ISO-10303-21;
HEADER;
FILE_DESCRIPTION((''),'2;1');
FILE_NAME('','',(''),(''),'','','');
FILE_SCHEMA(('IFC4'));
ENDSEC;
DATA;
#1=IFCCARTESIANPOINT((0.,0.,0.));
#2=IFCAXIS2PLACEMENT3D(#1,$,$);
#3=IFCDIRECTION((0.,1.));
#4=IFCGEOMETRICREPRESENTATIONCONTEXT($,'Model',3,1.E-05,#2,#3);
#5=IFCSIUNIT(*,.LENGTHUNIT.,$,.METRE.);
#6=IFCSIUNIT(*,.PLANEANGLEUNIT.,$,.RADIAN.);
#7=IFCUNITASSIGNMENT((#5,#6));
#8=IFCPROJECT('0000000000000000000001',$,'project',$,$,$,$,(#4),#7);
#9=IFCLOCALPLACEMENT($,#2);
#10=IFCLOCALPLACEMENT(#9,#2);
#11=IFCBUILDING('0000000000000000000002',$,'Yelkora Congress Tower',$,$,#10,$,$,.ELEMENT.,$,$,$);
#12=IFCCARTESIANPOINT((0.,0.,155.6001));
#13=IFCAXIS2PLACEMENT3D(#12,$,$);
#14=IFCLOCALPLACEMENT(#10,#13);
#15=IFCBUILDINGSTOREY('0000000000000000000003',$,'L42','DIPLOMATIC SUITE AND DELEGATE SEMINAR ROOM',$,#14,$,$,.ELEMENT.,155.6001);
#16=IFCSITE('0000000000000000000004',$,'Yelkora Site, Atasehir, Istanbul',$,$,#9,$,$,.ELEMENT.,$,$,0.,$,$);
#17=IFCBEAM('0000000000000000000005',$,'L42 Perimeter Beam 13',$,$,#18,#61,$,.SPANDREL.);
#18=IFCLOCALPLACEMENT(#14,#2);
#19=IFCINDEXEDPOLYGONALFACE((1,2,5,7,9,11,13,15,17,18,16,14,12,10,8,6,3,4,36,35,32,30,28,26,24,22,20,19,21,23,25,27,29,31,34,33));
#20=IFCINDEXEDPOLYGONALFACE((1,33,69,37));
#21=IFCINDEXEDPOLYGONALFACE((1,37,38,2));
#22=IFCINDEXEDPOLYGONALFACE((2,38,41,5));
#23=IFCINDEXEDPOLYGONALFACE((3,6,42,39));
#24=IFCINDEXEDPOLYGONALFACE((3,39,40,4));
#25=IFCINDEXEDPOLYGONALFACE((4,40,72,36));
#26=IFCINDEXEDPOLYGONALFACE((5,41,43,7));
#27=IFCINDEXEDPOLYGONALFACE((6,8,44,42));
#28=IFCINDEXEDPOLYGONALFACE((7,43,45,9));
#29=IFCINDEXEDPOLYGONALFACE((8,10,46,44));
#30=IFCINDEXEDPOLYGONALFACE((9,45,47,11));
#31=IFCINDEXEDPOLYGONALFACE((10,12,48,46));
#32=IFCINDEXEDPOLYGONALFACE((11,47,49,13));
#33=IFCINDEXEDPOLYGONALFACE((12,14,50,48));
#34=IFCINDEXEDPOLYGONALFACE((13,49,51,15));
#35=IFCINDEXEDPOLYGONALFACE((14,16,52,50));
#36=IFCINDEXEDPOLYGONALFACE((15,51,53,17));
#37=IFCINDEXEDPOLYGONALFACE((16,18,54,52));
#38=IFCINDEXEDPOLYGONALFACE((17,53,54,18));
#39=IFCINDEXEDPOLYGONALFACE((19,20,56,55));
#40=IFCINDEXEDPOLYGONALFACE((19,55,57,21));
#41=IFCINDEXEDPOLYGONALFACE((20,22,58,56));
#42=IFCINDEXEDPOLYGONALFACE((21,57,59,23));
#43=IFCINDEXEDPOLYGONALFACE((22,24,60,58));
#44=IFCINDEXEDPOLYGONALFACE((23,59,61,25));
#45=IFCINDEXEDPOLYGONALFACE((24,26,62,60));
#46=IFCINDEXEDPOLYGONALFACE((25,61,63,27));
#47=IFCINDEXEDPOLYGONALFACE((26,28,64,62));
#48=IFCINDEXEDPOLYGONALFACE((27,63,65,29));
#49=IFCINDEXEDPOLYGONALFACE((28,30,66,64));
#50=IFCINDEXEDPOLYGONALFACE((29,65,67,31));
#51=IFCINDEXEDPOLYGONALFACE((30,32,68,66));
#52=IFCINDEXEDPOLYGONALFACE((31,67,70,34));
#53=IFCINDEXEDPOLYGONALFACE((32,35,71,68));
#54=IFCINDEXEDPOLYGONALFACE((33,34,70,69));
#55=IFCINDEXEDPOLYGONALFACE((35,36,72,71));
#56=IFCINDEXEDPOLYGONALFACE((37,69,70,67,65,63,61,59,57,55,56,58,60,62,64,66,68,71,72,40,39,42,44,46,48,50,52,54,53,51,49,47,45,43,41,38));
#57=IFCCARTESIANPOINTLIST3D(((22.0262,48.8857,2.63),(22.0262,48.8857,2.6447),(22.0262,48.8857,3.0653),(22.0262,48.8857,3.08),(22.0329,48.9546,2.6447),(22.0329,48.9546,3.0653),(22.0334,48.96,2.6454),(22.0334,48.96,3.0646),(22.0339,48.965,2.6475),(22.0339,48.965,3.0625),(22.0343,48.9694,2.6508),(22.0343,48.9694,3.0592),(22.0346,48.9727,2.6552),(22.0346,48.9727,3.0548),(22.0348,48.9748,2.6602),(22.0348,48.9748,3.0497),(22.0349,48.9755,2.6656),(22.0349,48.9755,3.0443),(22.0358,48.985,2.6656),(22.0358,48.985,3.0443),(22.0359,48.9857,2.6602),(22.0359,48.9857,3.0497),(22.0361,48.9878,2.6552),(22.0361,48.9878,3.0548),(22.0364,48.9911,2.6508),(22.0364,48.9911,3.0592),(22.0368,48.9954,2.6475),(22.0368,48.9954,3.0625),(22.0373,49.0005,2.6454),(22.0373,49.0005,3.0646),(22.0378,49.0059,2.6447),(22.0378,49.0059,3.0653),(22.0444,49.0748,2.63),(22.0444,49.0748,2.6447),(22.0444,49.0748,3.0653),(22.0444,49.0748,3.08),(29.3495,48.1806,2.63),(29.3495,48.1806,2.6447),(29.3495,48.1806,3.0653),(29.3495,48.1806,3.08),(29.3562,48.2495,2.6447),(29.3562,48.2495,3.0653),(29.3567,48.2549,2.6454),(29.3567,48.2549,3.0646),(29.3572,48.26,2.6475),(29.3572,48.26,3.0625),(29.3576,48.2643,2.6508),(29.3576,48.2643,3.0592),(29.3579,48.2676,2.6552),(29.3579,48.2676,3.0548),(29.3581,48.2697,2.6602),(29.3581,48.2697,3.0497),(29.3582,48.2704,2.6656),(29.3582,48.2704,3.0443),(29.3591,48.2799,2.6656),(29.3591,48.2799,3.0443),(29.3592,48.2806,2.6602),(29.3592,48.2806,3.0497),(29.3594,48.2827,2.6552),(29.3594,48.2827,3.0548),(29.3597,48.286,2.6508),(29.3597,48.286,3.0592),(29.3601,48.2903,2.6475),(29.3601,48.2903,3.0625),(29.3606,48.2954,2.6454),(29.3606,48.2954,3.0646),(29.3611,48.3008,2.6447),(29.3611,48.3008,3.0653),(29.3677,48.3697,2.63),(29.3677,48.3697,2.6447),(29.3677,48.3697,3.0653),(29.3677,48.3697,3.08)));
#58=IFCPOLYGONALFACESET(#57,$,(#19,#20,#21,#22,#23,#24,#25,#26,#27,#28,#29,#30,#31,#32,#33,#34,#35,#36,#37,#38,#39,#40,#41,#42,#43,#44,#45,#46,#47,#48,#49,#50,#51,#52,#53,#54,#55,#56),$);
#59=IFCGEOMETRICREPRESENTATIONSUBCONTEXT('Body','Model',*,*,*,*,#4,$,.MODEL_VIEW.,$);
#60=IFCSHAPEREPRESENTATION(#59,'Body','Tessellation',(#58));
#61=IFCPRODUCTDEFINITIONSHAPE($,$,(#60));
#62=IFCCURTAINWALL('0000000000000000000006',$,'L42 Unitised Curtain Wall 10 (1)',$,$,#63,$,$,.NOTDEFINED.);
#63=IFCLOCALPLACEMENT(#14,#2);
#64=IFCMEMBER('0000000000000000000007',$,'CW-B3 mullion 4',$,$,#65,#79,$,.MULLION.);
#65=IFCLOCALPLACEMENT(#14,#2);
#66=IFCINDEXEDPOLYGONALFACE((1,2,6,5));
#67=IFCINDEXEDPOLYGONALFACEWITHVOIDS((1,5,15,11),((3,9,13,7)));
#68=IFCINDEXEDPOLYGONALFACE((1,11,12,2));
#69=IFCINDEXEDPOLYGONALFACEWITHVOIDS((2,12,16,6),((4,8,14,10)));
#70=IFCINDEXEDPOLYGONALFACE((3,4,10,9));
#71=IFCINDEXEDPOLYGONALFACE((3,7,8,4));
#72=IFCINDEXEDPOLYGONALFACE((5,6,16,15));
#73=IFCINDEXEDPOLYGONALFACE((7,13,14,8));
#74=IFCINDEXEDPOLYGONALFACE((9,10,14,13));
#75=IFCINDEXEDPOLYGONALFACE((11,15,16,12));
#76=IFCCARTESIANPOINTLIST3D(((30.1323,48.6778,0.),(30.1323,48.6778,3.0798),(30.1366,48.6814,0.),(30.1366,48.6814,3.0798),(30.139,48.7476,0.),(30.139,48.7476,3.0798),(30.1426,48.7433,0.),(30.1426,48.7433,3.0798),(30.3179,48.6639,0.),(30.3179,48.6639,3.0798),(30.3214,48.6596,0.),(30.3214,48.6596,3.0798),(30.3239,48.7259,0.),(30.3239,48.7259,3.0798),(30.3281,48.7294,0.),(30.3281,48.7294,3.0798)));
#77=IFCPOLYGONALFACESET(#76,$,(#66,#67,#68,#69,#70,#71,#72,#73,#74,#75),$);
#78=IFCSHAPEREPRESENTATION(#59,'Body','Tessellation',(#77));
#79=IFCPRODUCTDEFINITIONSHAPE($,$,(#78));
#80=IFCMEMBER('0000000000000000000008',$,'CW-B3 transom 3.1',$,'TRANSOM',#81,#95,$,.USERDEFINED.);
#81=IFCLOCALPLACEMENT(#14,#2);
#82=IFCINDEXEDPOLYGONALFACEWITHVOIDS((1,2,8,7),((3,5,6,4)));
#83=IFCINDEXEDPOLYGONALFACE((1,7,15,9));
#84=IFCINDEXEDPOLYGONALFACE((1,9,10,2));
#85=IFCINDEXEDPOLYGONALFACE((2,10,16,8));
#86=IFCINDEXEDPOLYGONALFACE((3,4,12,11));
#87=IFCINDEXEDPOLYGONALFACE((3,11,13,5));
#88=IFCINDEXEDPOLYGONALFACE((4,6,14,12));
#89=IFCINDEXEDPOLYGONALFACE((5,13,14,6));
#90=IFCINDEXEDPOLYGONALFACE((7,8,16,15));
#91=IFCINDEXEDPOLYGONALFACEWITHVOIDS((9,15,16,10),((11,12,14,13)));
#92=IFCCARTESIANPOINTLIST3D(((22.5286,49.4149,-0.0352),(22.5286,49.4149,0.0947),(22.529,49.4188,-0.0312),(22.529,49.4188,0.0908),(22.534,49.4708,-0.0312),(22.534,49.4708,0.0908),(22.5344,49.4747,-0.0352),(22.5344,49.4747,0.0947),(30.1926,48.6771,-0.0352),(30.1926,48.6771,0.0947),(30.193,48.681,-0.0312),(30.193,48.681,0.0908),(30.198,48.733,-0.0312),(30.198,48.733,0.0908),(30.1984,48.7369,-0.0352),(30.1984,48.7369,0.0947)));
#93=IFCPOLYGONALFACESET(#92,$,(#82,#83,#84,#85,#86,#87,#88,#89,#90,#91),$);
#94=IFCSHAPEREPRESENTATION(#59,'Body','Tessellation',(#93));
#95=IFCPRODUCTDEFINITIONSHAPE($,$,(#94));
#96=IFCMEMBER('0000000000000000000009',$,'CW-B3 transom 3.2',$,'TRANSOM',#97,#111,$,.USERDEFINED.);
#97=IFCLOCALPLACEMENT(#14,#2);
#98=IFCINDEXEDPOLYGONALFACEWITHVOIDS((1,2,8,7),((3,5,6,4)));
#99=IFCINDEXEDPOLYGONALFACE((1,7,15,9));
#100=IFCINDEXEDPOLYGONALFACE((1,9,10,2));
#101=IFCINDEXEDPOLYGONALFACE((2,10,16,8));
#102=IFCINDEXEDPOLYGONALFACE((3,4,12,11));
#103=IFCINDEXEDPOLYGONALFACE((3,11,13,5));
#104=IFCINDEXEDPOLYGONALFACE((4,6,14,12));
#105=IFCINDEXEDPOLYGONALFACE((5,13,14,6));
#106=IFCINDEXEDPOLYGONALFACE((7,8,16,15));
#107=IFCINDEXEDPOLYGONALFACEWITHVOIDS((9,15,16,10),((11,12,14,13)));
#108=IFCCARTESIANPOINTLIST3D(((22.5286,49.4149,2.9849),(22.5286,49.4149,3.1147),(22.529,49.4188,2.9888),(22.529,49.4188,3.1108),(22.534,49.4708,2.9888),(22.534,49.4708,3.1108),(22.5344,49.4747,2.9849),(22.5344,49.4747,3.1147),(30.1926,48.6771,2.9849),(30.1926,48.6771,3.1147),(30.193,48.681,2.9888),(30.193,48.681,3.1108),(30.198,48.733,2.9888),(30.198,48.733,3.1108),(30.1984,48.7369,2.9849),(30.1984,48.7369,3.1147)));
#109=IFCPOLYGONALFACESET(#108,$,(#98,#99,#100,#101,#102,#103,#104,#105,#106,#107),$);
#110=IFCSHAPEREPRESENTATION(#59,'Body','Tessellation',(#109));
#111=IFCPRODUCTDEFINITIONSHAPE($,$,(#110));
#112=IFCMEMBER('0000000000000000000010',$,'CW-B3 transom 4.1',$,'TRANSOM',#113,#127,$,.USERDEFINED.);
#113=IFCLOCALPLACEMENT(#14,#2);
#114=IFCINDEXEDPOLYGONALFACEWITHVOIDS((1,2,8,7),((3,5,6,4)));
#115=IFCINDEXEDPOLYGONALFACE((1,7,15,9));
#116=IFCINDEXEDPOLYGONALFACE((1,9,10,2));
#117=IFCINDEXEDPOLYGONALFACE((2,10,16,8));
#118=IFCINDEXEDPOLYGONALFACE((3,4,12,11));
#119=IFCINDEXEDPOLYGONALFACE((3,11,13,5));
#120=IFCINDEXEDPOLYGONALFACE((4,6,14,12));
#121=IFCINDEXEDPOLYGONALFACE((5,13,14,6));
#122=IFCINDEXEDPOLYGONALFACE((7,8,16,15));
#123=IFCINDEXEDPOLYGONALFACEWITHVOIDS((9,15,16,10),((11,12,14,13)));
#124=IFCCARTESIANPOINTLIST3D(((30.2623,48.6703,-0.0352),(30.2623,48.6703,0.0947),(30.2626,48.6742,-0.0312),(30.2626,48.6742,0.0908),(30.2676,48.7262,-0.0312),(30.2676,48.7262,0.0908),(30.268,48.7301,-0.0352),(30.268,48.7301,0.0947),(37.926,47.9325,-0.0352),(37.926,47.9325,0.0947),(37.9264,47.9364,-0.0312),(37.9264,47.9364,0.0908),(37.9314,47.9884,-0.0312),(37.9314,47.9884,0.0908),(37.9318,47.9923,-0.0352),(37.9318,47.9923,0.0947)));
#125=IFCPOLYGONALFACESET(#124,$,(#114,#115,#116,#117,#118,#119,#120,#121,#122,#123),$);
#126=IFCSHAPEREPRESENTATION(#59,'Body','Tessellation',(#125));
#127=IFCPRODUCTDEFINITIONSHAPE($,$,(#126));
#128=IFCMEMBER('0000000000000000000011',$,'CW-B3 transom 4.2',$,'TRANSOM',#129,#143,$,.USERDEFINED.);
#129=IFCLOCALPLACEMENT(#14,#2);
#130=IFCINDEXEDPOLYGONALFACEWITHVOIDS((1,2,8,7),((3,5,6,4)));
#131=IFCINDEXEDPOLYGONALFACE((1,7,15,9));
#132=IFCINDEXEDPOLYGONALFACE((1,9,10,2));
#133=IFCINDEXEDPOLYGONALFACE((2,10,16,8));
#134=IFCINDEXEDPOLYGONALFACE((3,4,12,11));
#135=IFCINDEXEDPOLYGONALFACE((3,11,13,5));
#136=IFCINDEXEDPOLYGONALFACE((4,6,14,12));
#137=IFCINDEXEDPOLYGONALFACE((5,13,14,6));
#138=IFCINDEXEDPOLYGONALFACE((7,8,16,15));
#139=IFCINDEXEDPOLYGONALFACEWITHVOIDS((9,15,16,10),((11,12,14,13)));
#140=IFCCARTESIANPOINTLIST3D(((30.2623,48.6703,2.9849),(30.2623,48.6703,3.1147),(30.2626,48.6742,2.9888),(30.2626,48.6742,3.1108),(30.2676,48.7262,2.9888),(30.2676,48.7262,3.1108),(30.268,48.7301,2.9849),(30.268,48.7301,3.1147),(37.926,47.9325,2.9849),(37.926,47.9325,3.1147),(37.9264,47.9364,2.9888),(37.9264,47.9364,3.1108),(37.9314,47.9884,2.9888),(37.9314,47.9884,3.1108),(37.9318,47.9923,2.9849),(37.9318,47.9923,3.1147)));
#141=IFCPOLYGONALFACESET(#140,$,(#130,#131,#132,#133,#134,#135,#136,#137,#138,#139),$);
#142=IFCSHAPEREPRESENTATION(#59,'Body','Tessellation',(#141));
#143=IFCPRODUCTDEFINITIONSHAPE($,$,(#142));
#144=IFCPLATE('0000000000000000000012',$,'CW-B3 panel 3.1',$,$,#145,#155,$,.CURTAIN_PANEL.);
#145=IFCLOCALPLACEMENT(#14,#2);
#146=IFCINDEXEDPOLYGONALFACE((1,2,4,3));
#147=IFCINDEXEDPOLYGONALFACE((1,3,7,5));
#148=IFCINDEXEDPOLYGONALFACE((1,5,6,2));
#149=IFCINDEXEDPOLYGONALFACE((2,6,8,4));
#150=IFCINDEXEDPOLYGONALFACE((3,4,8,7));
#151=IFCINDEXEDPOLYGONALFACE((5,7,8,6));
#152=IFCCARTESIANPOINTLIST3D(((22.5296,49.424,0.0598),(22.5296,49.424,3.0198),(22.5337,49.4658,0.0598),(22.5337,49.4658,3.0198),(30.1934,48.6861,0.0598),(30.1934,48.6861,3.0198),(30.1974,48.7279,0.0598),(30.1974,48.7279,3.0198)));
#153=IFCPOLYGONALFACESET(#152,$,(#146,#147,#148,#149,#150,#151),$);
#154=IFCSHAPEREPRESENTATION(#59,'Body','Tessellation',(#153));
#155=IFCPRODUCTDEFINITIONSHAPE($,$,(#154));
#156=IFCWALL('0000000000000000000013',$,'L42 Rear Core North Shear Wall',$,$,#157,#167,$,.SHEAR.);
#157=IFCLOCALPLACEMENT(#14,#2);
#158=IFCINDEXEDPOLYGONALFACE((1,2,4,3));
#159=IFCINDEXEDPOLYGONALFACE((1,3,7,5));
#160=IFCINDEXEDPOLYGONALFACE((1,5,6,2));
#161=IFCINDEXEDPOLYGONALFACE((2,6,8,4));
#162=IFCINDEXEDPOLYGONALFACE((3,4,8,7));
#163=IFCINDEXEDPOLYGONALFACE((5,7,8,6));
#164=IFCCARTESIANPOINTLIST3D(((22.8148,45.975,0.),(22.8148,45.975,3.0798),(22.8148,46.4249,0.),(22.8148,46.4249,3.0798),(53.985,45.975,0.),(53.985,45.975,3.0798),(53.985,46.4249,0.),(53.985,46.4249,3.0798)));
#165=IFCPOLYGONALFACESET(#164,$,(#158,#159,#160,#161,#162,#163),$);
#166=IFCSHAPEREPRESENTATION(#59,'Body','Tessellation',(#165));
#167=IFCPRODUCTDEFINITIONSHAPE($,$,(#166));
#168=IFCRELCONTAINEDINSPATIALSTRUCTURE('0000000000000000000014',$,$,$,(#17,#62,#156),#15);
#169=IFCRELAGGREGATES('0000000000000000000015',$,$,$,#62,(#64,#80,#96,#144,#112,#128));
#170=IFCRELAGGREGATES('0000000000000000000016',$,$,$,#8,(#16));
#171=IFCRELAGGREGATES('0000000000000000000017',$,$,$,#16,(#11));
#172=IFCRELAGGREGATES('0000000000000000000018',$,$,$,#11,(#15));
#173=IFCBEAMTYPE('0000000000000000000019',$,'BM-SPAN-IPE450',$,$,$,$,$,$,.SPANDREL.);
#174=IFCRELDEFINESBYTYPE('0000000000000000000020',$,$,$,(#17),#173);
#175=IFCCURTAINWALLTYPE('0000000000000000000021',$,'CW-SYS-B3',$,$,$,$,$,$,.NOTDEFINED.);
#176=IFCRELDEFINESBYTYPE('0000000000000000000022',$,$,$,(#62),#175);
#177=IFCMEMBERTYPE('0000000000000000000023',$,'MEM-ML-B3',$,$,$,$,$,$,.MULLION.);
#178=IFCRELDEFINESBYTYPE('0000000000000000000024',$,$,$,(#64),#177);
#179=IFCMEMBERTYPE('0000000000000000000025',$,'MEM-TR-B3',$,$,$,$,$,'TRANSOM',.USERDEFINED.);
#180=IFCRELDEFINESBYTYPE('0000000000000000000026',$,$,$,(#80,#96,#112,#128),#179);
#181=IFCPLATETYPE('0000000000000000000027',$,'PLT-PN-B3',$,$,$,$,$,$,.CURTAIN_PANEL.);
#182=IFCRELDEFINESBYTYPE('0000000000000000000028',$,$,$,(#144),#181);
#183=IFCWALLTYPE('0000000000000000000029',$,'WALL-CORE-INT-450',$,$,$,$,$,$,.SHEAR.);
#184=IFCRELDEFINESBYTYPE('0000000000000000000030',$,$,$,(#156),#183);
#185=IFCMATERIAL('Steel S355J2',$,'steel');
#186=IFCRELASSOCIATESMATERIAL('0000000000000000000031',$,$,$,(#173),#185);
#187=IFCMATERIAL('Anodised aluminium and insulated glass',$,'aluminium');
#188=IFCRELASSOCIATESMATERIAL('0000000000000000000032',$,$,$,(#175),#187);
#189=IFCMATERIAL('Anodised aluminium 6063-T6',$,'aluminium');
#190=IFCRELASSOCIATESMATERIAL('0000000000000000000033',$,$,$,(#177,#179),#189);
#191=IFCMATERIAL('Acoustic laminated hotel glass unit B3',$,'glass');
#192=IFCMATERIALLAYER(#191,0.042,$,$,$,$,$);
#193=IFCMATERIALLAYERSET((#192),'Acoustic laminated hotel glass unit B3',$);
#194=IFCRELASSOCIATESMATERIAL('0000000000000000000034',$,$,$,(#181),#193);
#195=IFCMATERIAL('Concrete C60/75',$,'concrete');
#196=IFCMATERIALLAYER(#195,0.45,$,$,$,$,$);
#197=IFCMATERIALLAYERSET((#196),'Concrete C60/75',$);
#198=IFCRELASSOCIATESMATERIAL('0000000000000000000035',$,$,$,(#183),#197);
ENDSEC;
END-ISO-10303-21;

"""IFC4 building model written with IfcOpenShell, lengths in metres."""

from ifc_helpers import new_model, si_unit, direction, frame, frame_2d, origin, origin_2d, place, context, subcontext, project, spatial, rectangle, hollow_rectangle, i_section, extrude, material, layer, layer_set, material_profile, profile_set, type_object, element, aggregate, save


model = new_model("IFC4")

# Units and contexts
model_context = context("Model", 3, precision=1e-05, world=origin(), true_north=direction((0.0, 1.0)))
body_context = subcontext(model_context, "Body", "Model", "MODEL_VIEW")
ifc_project = project(units=[si_unit("LENGTHUNIT", "METRE"), si_unit("PLANEANGLEUNIT", "RADIAN")], contexts=[model_context])

# Site, building, storey
site_placement = place(None, origin())
site = spatial("IfcSite", under=ifc_project, at=site_placement, Name="Yelkora Site, Atasehir, Istanbul", CompositionType="ELEMENT", RefElevation=0.0)
building_placement = place(site_placement, origin())
building = spatial("IfcBuilding", under=site, at=building_placement, Name="Yelkora Congress Tower", CompositionType="ELEMENT")
storey_placement = place(building_placement, frame((0.0, 0.0, 155.6001)))
storey = spatial("IfcBuildingStorey", under=building, at=storey_placement, Name="L42", Description="DIPLOMATIC SUITE AND DELEGATE SEMINAR ROOM", CompositionType="ELEMENT", Elevation=155.6001)

# Beam
ifc_material_1 = material(Name="Steel S355J2", Category="steel")
ifc_material_profile_1 = material_profile(ifc_material_1, i_section(OverallWidth=0.1899, OverallDepth=0.45, WebThickness=0.0095, FlangeThickness=0.0146, FilletRadius=0.021, at=origin_2d()), Name="IPE 450")
ifc_profile_set_1 = profile_set([ifc_material_profile_1], Name="Steel S355J2")
beam_type_1 = type_object("IfcBeamType", Name="BM-SPAN-IPE450", PredefinedType="SPANDREL", material=ifc_profile_set_1)
beam_1_placement = place(storey_placement, frame((29.3586, 48.2751, 2.855), z_axis=(-0.995397, 0.095836, 0.0), x_axis=(-0.095836, -0.995397, 0.0)))
element("IfcBeam", 1, at=beam_1_placement, inside=storey, type_object=beam_type_1, Name="L42 Perimeter Beam 13", PredefinedType="SPANDREL", context=body_context, shape_type="SweptSolid", body=[
    extrude(i_section(OverallWidth=0.1899, OverallDepth=0.45, WebThickness=0.0095, FlangeThickness=0.0146, FilletRadius=0.021, at=origin_2d()), origin(), (0.0, 0.0, 1.0), 7.3572),
])

# Curtain wall, members, plate
ifc_material_2 = material(Name="Anodised aluminium and insulated glass", Category="aluminium")
curtain_wall_type = type_object("IfcCurtainWallType", Name="CW-SYS-B3", PredefinedType="NOTDEFINED", material=ifc_material_2)
curtain_wall_placement = place(storey_placement, origin())
curtain_wall = element("IfcCurtainWall", 2, at=curtain_wall_placement, inside=storey, type_object=curtain_wall_type, Name="L42 Unitised Curtain Wall 10 (1)", PredefinedType="NOTDEFINED")
ifc_material_3 = material(Name="Anodised aluminium 6063-T6", Category="aluminium")
ifc_material_profile_2 = material_profile(ifc_material_3, hollow_rectangle(XDim=0.0701, YDim=0.1899, WallThickness=0.0039, at=origin_2d()), Name="ALU 70x190x4")
ifc_profile_set_2 = profile_set([ifc_material_profile_2], Name="Anodised aluminium 6063-T6")
member_type_1 = type_object("IfcMemberType", Name="MEM-ML-B3", PredefinedType="MULLION", material=ifc_profile_set_2)
member_1_placement = place(storey_placement, frame((30.2302, 48.7036, 0.0), z_axis=(0.0, 0.0, 1.0), x_axis=(0.095845, 0.995396, 0.0)))
member_1 = element("IfcMember", 3, at=member_1_placement, type_object=member_type_1, Name="CW-B3 mullion 4", PredefinedType="MULLION", context=body_context, shape_type="SweptSolid", body=[
    extrude(hollow_rectangle(XDim=0.0701, YDim=0.1899, WallThickness=0.0039, at=origin_2d()), origin(), (0.0, 0.0, 1.0), 3.0798),
])
ifc_material_profile_3 = material_profile(ifc_material_3, hollow_rectangle(XDim=0.0601, YDim=0.1299, WallThickness=0.0039, at=origin_2d()), Name="ALU 60x130x4")
ifc_profile_set_3 = profile_set([ifc_material_profile_3], Name="Anodised aluminium 6063-T6")
member_type_2 = type_object("IfcMemberType", Name="MEM-TR-B3", ElementType="TRANSOM", PredefinedType="USERDEFINED", material=ifc_profile_set_3)
member_2_placement = place(storey_placement, frame((22.5315, 49.4448, 0.0298), z_axis=(0.995398, -0.095824, 0.0), x_axis=(0.095824, 0.995398, 0.0)))
member_2 = element("IfcMember", 4, at=member_2_placement, type_object=member_type_2, Name="CW-B3 transom 3.1", ObjectType="TRANSOM", PredefinedType="USERDEFINED", context=body_context, shape_type="SweptSolid", body=[
    extrude(hollow_rectangle(XDim=0.0601, YDim=0.1299, WallThickness=0.0039, at=origin_2d()), origin(), (0.0, 0.0, 1.0), 7.6995),
])
member_3_placement = place(storey_placement, frame((22.5315, 49.4448, 3.0498), z_axis=(0.995398, -0.095824, 0.0), x_axis=(0.095824, 0.995398, 0.0)))
member_3 = element("IfcMember", 5, at=member_3_placement, type_object=member_type_2, Name="CW-B3 transom 3.2", ObjectType="TRANSOM", PredefinedType="USERDEFINED", context=body_context, shape_type="SweptSolid", body=[
    extrude(hollow_rectangle(XDim=0.0601, YDim=0.1299, WallThickness=0.0039, at=origin_2d()), origin(), (0.0, 0.0, 1.0), 7.6995),
])
member_4_placement = place(storey_placement, frame((30.2651, 48.7002, 0.0298), z_axis=(0.995398, -0.095827, 0.0), x_axis=(0.095827, 0.995398, 0.0)))
member_4 = element("IfcMember", 6, at=member_4_placement, type_object=member_type_2, Name="CW-B3 transom 4.1", ObjectType="TRANSOM", PredefinedType="USERDEFINED", context=body_context, shape_type="SweptSolid", body=[
    extrude(hollow_rectangle(XDim=0.0601, YDim=0.1299, WallThickness=0.0039, at=origin_2d()), origin(), (0.0, 0.0, 1.0), 7.6992),
])
member_5_placement = place(storey_placement, frame((30.2651, 48.7002, 3.0498), z_axis=(0.995398, -0.095827, 0.0), x_axis=(0.095827, 0.995398, 0.0)))
member_5 = element("IfcMember", 7, at=member_5_placement, type_object=member_type_2, Name="CW-B3 transom 4.2", ObjectType="TRANSOM", PredefinedType="USERDEFINED", context=body_context, shape_type="SweptSolid", body=[
    extrude(hollow_rectangle(XDim=0.0601, YDim=0.1299, WallThickness=0.0039, at=origin_2d()), origin(), (0.0, 0.0, 1.0), 7.6992),
])
ifc_material_4 = material(Name="Acoustic laminated hotel glass unit B3", Category="glass")
ifc_layer_1 = layer(ifc_material_4, 0.042)
ifc_layer_set_1 = layer_set([ifc_layer_1], Name="Acoustic laminated hotel glass unit B3")
plate_type = type_object("IfcPlateType", Name="PLT-PN-B3", PredefinedType="CURTAIN_PANEL", material=ifc_layer_set_1)
plate_placement = place(storey_placement, frame((26.3635, 49.0759, 0.0598), z_axis=(0.0, 0.0, 1.0), x_axis=(0.995396, -0.095845, 0.0)))
plate = element("IfcPlate", 8, at=plate_placement, type_object=plate_type, Name="CW-B3 panel 3.1", PredefinedType="CURTAIN_PANEL", context=body_context, shape_type="SweptSolid", body=[
    extrude(rectangle(XDim=7.6992, YDim=0.042, at=origin_2d()), origin(), (0.0, 0.0, 1.0), 2.96),
])
aggregate(curtain_wall, [member_1, member_2, member_3, plate, member_4, member_5])

# Wall
ifc_material_5 = material(Name="Concrete C60/75", Category="concrete")
ifc_layer_2 = layer(ifc_material_5, 0.45)
ifc_layer_set_2 = layer_set([ifc_layer_2], Name="Concrete C60/75")
wall_type_1 = type_object("IfcWallType", Name="WALL-CORE-INT-450", PredefinedType="SHEAR", material=ifc_layer_set_2)
wall_1_placement = place(storey_placement, frame((22.8149, 46.2, 0.0), z_axis=(0.0, 0.0, 1.0), x_axis=(1.0, 0.0, 0.0)))
element("IfcWall", 9, at=wall_1_placement, inside=storey, type_object=wall_type_1, Name="L42 Rear Core North Shear Wall", PredefinedType="SHEAR", context=body_context, shape_type="SweptSolid", body=[
    extrude(rectangle(XDim=31.1702, YDim=0.45, at=frame_2d((15.585, 0.0))), origin(), (0.0, 0.0, 1.0), 3.0798),
])

save(model, "model.ifc")
